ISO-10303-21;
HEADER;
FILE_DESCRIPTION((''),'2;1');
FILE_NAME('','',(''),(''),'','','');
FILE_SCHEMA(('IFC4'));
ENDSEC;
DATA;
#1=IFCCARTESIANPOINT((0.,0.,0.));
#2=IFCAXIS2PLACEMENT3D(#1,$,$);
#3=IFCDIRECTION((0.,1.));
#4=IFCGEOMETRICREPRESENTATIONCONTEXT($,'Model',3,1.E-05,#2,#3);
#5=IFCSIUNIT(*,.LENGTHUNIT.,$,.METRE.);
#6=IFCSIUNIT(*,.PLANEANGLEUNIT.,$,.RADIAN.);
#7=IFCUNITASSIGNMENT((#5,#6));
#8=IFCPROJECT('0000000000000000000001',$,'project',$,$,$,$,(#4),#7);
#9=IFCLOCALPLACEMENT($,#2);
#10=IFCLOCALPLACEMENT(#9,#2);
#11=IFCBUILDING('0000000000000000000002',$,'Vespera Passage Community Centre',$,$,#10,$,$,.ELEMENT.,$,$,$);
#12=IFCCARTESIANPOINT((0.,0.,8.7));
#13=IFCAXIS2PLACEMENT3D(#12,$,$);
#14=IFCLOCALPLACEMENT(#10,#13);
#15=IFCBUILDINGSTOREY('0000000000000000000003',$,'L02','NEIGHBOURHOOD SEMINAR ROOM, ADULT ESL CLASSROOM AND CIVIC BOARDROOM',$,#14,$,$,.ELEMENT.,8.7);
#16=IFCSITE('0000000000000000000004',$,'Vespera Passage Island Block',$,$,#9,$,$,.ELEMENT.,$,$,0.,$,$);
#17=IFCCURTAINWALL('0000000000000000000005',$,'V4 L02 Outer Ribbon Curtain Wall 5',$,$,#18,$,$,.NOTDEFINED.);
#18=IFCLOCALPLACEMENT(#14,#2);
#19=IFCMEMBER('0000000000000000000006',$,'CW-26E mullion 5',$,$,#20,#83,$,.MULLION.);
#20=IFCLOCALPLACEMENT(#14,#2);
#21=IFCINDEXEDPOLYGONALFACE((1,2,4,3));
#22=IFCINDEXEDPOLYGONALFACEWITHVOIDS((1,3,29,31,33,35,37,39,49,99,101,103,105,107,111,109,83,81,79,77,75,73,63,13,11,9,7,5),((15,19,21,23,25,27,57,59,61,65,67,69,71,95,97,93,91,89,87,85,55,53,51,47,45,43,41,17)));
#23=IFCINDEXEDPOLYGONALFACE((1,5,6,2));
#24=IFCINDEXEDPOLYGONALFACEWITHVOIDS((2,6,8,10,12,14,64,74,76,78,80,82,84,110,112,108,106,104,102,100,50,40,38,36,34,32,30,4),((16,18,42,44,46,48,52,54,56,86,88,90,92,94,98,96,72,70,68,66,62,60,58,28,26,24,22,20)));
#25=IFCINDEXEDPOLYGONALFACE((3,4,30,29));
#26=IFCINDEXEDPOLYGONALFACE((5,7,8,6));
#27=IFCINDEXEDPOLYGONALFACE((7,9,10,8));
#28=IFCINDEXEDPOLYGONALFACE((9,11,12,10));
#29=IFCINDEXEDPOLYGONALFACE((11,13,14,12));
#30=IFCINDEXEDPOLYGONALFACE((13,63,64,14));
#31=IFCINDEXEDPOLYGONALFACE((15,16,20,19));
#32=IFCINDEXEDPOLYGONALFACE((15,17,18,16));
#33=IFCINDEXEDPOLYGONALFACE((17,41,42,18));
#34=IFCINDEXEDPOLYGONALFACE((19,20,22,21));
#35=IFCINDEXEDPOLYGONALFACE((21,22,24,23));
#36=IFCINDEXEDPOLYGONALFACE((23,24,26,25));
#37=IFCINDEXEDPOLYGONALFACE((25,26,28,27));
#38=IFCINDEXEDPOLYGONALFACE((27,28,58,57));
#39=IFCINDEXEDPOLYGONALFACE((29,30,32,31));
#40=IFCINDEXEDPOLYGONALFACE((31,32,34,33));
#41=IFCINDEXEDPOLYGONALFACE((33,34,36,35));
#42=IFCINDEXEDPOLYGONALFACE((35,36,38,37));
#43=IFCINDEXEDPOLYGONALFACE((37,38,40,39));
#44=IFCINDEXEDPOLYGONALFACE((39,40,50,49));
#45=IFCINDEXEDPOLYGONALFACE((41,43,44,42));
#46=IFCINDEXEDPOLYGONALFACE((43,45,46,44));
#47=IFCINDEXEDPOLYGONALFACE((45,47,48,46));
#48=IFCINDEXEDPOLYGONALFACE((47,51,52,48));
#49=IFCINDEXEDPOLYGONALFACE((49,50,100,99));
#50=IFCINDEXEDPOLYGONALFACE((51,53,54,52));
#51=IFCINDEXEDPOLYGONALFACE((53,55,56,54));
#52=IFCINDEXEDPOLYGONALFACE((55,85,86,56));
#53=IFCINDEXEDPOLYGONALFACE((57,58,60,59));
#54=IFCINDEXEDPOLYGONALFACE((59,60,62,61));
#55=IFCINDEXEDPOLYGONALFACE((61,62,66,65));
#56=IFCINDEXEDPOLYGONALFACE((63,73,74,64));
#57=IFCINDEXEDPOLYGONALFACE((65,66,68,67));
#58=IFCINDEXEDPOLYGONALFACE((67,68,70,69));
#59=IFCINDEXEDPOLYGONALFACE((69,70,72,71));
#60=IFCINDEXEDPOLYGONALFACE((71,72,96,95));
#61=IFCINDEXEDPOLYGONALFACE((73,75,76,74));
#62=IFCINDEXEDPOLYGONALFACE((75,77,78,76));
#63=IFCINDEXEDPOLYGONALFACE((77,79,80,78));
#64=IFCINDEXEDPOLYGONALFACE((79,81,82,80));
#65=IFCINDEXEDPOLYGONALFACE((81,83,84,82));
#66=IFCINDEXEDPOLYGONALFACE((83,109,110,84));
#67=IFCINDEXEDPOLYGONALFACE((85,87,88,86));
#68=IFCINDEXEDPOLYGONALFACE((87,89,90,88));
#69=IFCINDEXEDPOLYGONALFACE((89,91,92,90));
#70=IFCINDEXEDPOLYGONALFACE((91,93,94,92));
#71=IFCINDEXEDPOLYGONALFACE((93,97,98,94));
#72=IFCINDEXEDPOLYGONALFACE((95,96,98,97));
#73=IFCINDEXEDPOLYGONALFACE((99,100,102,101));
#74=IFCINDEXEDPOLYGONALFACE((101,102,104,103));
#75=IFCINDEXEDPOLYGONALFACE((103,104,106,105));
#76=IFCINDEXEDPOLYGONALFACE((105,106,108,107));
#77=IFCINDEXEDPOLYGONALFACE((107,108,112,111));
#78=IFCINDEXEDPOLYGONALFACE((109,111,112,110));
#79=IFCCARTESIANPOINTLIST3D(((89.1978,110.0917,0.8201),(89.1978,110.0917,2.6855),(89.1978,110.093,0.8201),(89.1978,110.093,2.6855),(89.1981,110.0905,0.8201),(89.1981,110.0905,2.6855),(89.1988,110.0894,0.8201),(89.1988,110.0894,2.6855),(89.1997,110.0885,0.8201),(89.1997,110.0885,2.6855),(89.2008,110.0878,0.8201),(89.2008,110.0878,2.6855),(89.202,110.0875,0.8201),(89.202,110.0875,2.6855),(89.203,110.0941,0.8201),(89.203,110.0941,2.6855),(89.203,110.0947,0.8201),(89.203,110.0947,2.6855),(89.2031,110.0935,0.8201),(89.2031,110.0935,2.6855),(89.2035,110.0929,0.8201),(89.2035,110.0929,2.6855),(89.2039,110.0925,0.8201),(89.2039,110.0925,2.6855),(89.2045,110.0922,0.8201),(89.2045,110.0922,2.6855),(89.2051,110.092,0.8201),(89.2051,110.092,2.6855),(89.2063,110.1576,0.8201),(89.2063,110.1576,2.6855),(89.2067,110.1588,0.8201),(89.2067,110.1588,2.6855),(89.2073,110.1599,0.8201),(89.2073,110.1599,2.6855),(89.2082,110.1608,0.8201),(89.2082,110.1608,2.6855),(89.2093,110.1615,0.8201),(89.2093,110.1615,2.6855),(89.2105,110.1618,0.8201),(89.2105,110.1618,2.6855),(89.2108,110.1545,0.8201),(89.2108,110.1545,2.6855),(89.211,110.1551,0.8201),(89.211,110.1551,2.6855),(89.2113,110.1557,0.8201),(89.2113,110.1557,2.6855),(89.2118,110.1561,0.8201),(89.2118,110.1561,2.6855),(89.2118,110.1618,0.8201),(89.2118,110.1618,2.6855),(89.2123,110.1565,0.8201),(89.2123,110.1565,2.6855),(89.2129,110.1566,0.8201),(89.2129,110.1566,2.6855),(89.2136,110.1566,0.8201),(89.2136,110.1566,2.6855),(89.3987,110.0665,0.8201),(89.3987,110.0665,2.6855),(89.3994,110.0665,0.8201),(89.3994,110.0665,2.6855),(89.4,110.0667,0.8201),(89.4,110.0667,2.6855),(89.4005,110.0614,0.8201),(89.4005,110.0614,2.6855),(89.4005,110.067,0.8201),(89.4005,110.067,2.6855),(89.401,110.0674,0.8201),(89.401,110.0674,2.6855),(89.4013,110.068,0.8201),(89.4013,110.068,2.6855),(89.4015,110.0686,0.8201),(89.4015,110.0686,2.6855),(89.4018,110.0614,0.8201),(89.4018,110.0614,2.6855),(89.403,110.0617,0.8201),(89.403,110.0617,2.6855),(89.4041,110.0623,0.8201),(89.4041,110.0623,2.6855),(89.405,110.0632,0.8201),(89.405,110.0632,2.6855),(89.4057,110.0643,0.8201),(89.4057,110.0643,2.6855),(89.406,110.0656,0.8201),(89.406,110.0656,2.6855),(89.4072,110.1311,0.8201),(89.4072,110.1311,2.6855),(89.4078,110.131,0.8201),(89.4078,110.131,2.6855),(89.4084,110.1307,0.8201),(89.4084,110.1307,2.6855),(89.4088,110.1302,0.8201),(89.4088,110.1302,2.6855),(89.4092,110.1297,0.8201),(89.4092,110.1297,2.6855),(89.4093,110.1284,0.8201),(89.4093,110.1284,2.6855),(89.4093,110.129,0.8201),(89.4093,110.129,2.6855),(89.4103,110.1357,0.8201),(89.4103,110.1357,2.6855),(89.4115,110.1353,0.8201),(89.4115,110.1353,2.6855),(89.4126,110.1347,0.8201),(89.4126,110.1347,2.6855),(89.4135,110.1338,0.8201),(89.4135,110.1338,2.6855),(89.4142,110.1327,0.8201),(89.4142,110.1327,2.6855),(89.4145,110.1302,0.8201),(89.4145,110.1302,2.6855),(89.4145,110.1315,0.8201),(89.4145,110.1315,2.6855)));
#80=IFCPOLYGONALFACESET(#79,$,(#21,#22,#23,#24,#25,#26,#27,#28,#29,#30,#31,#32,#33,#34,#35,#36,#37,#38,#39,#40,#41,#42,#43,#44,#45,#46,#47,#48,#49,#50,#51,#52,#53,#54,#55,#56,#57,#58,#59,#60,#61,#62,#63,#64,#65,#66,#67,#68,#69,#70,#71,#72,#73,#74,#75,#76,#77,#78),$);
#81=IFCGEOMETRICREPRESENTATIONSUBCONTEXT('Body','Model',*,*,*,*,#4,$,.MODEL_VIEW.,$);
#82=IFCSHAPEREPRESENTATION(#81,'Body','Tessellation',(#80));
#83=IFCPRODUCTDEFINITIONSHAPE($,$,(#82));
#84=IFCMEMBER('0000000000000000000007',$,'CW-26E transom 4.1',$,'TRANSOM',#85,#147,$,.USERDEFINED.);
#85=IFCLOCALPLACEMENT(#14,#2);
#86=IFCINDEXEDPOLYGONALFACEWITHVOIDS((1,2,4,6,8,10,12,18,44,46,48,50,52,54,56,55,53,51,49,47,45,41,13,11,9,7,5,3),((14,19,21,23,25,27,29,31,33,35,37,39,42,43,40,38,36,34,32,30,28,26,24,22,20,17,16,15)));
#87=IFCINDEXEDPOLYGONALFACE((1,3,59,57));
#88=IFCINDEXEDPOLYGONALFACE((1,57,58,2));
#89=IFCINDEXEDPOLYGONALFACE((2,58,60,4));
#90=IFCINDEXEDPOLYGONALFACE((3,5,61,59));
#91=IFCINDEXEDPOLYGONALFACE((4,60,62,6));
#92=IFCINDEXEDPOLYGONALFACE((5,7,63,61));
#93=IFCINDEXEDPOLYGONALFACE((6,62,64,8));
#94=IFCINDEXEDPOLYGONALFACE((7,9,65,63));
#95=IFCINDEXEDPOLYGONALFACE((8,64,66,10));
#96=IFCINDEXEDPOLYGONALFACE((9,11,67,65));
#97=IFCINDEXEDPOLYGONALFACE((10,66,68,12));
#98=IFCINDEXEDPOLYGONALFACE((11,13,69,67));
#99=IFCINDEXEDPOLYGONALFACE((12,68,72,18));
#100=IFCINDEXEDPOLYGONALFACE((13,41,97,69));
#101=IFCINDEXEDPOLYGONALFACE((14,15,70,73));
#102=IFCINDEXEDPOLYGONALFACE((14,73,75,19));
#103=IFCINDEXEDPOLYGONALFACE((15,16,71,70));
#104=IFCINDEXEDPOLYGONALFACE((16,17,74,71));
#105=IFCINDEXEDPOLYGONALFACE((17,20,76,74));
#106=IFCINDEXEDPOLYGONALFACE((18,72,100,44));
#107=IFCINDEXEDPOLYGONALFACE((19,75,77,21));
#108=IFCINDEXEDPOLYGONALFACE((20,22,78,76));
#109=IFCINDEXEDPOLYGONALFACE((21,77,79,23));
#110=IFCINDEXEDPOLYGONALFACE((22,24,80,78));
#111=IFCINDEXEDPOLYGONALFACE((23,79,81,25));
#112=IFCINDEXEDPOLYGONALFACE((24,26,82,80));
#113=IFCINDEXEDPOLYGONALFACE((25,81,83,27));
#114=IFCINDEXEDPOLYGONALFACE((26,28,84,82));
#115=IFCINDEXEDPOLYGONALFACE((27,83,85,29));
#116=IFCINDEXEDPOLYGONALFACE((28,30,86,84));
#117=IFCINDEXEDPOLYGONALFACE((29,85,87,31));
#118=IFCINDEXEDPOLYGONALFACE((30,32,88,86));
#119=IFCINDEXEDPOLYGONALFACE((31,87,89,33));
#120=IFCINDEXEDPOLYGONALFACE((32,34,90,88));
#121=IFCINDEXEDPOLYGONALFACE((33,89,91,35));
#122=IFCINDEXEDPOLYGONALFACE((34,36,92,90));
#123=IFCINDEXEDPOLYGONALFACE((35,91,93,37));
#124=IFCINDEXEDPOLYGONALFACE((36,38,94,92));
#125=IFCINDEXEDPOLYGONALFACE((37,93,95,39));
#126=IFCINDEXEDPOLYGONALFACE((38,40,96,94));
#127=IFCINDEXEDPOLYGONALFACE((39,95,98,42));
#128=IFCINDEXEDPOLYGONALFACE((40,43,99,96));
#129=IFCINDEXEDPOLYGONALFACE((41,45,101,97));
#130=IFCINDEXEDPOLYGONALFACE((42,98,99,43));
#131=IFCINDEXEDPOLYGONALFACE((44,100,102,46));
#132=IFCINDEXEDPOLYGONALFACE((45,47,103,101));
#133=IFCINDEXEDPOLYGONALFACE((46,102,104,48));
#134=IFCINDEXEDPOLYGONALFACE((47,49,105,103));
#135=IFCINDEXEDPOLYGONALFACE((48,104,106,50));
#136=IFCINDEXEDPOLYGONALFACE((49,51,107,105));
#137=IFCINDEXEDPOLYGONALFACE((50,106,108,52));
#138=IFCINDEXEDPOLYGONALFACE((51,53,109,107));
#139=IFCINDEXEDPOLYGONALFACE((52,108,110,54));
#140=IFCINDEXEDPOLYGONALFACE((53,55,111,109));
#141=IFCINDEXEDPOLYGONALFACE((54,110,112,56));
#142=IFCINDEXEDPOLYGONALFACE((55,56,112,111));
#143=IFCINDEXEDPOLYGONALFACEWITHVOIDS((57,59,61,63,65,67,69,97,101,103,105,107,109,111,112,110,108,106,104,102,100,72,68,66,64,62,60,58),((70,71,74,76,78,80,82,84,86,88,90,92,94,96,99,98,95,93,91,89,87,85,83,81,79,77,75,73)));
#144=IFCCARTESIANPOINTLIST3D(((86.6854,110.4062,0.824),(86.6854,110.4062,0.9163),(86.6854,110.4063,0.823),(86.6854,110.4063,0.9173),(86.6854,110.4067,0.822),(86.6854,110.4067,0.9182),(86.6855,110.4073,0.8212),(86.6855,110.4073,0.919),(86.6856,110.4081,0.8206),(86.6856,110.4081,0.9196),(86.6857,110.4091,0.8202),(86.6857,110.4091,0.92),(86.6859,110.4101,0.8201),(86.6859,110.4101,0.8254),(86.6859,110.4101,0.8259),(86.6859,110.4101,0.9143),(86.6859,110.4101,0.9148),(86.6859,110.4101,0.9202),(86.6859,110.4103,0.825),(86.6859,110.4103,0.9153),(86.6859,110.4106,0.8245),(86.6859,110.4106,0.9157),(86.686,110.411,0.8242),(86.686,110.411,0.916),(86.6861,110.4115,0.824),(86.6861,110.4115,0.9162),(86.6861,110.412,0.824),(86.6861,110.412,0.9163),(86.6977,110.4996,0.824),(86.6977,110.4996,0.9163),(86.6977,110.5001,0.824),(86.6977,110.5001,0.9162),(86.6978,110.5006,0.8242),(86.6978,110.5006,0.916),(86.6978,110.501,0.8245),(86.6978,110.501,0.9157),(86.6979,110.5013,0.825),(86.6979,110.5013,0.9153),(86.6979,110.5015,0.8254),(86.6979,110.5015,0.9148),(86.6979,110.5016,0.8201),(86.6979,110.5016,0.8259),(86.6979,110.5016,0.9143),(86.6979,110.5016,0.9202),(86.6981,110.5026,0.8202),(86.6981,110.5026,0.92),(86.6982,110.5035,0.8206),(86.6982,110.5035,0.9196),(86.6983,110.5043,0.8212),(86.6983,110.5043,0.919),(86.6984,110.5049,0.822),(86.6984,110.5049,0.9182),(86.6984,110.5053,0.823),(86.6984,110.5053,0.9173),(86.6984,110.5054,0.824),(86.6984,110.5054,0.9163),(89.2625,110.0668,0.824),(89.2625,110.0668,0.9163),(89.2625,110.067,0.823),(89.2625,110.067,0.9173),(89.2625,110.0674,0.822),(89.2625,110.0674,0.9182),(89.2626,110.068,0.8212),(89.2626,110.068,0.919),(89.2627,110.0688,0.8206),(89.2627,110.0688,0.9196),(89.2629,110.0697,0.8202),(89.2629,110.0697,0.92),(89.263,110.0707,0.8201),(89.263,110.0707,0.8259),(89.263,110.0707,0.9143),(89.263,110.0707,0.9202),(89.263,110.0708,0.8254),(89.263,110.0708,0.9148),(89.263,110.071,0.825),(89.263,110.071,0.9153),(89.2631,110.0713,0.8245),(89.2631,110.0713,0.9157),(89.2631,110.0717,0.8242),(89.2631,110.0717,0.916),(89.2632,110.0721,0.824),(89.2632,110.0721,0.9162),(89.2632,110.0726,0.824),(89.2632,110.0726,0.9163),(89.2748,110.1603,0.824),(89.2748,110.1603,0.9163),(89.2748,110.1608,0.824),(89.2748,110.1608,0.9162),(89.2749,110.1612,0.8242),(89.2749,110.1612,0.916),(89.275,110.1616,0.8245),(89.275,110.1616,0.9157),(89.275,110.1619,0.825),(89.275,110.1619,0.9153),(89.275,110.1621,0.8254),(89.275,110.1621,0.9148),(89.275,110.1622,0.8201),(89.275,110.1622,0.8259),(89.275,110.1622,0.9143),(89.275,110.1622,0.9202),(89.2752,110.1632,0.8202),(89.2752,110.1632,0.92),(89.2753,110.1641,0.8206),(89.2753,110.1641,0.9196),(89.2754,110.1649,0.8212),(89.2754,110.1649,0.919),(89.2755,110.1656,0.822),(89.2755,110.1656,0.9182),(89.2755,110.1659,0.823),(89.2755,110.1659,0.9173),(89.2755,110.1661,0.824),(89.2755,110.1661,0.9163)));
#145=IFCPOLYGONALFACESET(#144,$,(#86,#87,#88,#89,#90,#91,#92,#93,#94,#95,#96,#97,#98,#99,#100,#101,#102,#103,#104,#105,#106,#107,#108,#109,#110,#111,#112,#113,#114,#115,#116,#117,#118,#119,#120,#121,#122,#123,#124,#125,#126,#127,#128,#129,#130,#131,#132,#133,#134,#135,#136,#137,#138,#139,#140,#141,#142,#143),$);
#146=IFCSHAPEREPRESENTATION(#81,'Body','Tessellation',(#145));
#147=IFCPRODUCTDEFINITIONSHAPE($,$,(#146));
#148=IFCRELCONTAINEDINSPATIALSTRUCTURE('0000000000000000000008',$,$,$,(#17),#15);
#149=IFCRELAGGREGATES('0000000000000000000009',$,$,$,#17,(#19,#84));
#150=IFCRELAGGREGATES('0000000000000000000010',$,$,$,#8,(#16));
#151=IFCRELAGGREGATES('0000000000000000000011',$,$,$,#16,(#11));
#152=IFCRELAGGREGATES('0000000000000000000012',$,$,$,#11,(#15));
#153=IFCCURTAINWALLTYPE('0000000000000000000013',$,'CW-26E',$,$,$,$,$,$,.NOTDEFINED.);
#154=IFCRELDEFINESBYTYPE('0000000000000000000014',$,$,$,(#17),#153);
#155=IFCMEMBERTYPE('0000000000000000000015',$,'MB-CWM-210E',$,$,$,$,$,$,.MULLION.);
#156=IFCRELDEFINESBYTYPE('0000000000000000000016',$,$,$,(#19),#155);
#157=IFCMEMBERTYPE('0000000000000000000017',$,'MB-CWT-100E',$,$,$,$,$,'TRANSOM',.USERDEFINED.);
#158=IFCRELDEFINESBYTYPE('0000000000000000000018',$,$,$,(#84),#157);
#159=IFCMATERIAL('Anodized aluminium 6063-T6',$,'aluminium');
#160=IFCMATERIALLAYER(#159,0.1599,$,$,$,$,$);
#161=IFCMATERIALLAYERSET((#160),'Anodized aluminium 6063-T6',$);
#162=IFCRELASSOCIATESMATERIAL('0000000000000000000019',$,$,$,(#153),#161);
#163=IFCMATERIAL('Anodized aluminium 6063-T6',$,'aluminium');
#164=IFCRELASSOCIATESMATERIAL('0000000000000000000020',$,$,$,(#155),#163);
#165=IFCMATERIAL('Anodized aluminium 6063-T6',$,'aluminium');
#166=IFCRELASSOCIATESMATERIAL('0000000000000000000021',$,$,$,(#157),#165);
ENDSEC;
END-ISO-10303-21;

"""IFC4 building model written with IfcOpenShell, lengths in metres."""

from ifc_helpers import new_model, si_unit, direction, frame, origin, origin_2d, place, context, subcontext, project, spatial, hollow_rectangle, extrude, material, layer, layer_set, material_profile, profile_set, type_object, element, aggregate, save


model = new_model("IFC4")

# Units and contexts
model_context = context("Model", 3, precision=1e-05, world=origin(), true_north=direction((0.0, 1.0)))
body_context = subcontext(model_context, "Body", "Model", "MODEL_VIEW")
ifc_project = project(units=[si_unit("LENGTHUNIT", "METRE"), si_unit("PLANEANGLEUNIT", "RADIAN")], contexts=[model_context])

# Site, building, storey
site_placement = place(None, origin())
site = spatial("IfcSite", under=ifc_project, at=site_placement, Name="Vespera Passage Island Block", CompositionType="ELEMENT", RefElevation=0.0)
building_placement = place(site_placement, origin())
building = spatial("IfcBuilding", under=site, at=building_placement, Name="Vespera Passage Community Centre", CompositionType="ELEMENT")
storey_placement = place(building_placement, frame((0.0, 0.0, 8.7)))
storey = spatial("IfcBuildingStorey", under=building, at=storey_placement, Name="L02", Description="NEIGHBOURHOOD SEMINAR ROOM, ADULT ESL CLASSROOM AND CIVIC BOARDROOM", CompositionType="ELEMENT", Elevation=8.7)

# Curtain wall, members
ifc_material_1 = material(Name="Anodized aluminium 6063-T6", Category="aluminium")
ifc_layer_1 = layer(ifc_material_1, 0.1599)
ifc_layer_set_1 = layer_set([ifc_layer_1], Name="Anodized aluminium 6063-T6")
curtain_wall_type_1 = type_object("IfcCurtainWallType", Name="CW-26E", PredefinedType="NOTDEFINED", material=ifc_layer_set_1)
curtain_wall_1_placement = place(storey_placement, origin())
curtain_wall_1 = element("IfcCurtainWall", 1, at=curtain_wall_1_placement, inside=storey, type_object=curtain_wall_type_1, Name="V4 L02 Outer Ribbon Curtain Wall 5", PredefinedType="NOTDEFINED")
ifc_material_2 = material(Name="Anodized aluminium 6063-T6", Category="aluminium")
ifc_material_profile_1 = material_profile(ifc_material_2, hollow_rectangle(XDim=0.075, YDim=0.21, WallThickness=0.0049, InnerFilletRadius=0.0024, OuterFilletRadius=0.0049, at=origin_2d()), Name="ALU210X75X5")
ifc_profile_set_1 = profile_set([ifc_material_profile_1], Name="Anodized aluminium 6063-T6")
member_type_1 = type_object("IfcMemberType", Name="MB-CWM-210E", PredefinedType="MULLION", material=ifc_profile_set_1)
member_1_placement = place(storey_placement, frame((89.3062, 110.1116, 0.8201), z_axis=(0.0, 0.0, 1.0), x_axis=(0.130531, 0.991444, 0.0)))
member_1 = element("IfcMember", 2, at=member_1_placement, type_object=member_type_1, Name="CW-26E mullion 5", PredefinedType="MULLION", context=body_context, shape_type="SweptSolid", body=[
    extrude(hollow_rectangle(XDim=0.075, YDim=0.21, WallThickness=0.0049, InnerFilletRadius=0.0024, OuterFilletRadius=0.0049, at=origin_2d()), origin(), (0.0, 0.0, 1.0), 1.8655),
])
ifc_material_3 = material(Name="Anodized aluminium 6063-T6", Category="aluminium")
ifc_material_profile_2 = material_profile(ifc_material_3, hollow_rectangle(XDim=0.1001, YDim=0.1001, WallThickness=0.0039, InnerFilletRadius=0.002, OuterFilletRadius=0.0039, at=origin_2d()), Name="ALU100X100X4")
ifc_profile_set_2 = profile_set([ifc_material_profile_2], Name="Anodized aluminium 6063-T6")
member_type_2 = type_object("IfcMemberType", Name="MB-CWT-100E", ElementType="TRANSOM", PredefinedType="USERDEFINED", material=ifc_profile_set_2)
member_2_placement = place(storey_placement, frame((86.6919, 110.4558, 0.8701), z_axis=(0.991442, -0.130552, 0.0), x_axis=(0.130552, 0.991442, 0.0)))
member_2 = element("IfcMember", 3, at=member_2_placement, type_object=member_type_2, Name="CW-26E transom 4.1", ObjectType="TRANSOM", PredefinedType="USERDEFINED", context=body_context, shape_type="SweptSolid", body=[
    extrude(hollow_rectangle(XDim=0.1001, YDim=0.1001, WallThickness=0.0039, InnerFilletRadius=0.002, OuterFilletRadius=0.0039, at=origin_2d()), origin(), (0.0, 0.0, 1.0), 2.5994),
])

aggregate(curtain_wall_1, [member_1, member_2])

save(model, "model.ifc")
